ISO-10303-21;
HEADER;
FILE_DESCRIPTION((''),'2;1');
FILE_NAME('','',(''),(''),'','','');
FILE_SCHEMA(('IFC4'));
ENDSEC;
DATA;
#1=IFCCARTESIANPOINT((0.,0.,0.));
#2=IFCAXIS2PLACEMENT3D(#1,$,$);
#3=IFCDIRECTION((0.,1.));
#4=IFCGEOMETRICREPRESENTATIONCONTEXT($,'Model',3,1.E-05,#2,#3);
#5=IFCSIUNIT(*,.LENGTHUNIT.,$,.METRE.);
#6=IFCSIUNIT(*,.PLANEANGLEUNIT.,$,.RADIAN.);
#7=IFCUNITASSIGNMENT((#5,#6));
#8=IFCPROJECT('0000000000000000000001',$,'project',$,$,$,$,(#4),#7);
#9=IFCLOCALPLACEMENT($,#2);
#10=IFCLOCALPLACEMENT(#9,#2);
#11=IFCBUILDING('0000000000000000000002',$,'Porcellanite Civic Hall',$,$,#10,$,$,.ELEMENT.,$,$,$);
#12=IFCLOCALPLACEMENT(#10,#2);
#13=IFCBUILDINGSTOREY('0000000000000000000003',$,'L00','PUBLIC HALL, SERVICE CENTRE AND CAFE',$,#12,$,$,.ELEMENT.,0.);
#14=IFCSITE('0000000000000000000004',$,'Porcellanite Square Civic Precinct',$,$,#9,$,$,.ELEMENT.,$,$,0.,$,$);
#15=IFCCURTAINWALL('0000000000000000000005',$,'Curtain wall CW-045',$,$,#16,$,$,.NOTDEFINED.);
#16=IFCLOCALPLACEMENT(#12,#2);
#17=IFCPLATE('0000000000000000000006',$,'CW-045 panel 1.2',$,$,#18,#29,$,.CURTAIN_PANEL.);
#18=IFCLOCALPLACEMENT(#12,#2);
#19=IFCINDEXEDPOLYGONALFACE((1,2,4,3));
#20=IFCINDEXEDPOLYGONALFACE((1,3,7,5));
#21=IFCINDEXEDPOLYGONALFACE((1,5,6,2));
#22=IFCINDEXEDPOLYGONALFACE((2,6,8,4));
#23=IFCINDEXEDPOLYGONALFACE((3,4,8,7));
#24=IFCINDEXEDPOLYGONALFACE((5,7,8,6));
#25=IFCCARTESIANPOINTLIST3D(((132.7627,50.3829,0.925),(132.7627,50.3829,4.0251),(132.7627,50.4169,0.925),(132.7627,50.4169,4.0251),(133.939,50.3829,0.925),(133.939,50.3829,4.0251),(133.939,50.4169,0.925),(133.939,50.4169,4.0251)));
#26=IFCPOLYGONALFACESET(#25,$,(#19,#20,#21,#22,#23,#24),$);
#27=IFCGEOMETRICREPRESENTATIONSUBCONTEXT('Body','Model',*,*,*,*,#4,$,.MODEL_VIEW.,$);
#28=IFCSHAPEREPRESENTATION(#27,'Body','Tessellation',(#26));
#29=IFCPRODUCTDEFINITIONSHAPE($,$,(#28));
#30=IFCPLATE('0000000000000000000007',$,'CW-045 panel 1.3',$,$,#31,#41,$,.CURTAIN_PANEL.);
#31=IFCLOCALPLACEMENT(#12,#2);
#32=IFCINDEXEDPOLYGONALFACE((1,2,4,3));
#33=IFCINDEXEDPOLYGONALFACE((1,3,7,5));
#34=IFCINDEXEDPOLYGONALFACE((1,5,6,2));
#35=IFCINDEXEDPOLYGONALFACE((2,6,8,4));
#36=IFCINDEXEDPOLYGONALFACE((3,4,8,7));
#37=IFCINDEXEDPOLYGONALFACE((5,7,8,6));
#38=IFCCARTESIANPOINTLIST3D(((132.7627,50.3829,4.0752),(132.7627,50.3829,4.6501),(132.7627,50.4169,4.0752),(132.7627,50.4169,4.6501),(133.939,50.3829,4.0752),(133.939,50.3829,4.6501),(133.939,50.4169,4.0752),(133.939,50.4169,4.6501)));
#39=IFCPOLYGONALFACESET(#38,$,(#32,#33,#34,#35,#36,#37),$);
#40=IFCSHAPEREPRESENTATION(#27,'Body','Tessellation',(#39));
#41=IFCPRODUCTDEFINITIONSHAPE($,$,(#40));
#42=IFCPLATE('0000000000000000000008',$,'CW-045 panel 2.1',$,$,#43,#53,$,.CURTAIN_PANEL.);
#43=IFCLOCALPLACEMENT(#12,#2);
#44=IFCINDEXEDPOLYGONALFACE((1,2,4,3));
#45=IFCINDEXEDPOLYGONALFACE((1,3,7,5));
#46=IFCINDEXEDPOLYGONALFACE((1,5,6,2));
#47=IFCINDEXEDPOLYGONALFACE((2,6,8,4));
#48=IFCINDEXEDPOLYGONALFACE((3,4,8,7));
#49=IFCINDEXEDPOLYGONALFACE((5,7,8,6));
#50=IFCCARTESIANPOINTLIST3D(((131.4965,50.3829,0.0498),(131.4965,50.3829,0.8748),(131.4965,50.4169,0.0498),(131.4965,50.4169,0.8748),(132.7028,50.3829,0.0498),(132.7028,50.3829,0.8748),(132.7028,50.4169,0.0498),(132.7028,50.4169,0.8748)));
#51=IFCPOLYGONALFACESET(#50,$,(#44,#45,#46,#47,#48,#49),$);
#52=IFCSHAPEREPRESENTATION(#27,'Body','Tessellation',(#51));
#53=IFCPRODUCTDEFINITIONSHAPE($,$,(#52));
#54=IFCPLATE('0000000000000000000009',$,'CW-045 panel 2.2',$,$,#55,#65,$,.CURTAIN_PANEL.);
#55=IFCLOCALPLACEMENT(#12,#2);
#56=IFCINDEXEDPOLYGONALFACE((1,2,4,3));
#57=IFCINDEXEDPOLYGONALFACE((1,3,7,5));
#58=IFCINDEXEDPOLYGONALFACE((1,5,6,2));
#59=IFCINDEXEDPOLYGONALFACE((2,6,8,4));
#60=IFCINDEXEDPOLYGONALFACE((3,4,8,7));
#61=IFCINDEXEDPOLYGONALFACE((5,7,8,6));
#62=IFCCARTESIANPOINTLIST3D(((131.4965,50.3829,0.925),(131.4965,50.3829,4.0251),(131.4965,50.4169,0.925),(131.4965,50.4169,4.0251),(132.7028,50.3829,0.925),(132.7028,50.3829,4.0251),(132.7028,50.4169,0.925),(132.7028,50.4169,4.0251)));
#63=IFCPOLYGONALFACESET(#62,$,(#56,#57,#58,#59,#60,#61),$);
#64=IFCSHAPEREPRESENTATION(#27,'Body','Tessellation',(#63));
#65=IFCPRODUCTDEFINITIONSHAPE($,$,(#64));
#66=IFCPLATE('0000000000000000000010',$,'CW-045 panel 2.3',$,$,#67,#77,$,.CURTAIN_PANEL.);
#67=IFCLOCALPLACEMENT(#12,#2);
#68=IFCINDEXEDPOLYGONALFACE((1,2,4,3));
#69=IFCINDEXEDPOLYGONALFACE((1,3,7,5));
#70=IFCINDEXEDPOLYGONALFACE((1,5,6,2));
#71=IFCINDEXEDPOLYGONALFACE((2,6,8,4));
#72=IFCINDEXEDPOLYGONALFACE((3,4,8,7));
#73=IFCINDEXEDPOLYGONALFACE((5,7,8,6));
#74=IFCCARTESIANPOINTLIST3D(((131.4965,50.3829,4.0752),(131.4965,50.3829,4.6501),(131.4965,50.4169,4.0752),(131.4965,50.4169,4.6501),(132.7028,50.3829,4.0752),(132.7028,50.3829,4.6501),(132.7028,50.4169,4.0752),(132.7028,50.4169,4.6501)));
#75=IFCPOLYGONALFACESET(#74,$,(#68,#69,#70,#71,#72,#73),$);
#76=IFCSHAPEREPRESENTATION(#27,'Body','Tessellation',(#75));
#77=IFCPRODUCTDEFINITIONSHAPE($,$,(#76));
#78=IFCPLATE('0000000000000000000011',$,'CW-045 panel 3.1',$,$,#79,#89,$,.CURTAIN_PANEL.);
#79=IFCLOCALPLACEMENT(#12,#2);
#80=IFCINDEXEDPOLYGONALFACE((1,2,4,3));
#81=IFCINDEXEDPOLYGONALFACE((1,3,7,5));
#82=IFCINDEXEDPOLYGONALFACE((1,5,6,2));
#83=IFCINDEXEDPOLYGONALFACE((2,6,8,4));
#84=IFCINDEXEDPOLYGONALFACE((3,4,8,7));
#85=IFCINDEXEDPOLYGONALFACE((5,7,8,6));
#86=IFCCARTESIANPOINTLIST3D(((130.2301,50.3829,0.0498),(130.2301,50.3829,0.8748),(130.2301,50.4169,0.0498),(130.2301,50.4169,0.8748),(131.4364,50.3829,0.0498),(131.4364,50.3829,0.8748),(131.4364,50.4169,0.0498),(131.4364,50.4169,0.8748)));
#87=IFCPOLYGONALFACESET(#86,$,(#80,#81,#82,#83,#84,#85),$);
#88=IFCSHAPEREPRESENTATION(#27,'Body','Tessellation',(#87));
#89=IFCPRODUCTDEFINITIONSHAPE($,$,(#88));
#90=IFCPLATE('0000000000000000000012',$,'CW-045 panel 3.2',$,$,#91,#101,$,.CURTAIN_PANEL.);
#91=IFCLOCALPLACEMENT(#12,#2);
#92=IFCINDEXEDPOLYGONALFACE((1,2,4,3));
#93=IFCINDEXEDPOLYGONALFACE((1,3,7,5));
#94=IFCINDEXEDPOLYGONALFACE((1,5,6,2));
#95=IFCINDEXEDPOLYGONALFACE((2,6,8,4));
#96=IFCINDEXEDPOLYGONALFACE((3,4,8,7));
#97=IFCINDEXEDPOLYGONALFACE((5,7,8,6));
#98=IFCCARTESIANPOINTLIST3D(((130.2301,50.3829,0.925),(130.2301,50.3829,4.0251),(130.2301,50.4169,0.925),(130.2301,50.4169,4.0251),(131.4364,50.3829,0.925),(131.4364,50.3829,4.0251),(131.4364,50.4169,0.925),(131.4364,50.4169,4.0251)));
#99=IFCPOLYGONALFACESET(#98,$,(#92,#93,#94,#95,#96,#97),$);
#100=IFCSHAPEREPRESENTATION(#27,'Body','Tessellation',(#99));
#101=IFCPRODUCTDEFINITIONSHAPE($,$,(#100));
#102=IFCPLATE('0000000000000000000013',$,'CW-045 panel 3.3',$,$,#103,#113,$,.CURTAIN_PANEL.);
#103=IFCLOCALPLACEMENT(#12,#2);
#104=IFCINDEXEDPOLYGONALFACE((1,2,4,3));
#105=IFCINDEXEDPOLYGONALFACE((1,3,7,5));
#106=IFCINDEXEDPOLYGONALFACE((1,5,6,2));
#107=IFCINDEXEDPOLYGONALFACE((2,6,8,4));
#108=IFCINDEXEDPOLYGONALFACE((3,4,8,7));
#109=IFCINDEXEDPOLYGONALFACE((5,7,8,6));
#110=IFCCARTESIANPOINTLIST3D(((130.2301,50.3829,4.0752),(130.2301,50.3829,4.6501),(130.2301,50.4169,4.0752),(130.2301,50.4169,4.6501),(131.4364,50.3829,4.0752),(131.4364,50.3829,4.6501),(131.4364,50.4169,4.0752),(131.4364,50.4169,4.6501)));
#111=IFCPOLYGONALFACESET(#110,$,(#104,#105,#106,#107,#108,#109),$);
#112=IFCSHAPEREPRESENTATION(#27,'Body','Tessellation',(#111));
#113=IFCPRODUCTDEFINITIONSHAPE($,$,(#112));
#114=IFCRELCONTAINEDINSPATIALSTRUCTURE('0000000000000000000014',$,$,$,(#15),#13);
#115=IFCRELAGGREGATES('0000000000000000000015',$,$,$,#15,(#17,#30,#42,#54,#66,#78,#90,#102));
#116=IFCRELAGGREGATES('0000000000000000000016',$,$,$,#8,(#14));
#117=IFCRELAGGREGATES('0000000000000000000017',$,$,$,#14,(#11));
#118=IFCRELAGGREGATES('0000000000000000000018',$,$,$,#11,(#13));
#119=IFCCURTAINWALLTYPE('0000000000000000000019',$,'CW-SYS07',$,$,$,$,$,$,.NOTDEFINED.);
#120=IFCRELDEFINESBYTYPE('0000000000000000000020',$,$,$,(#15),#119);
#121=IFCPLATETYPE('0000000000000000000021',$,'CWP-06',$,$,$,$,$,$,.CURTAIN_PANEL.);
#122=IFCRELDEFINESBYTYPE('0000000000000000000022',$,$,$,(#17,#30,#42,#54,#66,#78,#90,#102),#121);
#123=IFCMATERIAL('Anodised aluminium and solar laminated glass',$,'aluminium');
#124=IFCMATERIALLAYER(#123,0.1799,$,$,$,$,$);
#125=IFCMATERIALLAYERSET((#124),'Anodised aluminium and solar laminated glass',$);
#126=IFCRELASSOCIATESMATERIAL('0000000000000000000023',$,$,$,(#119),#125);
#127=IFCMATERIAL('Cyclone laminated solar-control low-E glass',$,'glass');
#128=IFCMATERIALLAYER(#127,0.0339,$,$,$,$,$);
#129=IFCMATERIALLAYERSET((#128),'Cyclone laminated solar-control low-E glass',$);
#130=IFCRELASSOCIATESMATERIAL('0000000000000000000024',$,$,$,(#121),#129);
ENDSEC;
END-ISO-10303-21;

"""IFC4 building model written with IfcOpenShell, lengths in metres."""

from ifc_helpers import new_model, si_unit, direction, frame, origin, origin_2d, place, context, subcontext, project, spatial, rectangle, extrude, material, layer, layer_set, type_object, element, aggregate, save


model = new_model("IFC4")

# Units and contexts
model_context = context("Model", 3, precision=1e-05, world=origin(), true_north=direction((0.0, 1.0)))
body_context = subcontext(model_context, "Body", "Model", "MODEL_VIEW")
ifc_project = project(units=[si_unit("LENGTHUNIT", "METRE"), si_unit("PLANEANGLEUNIT", "RADIAN")], contexts=[model_context])

# Site, building, storey
site_placement = place(None, origin())
site = spatial("IfcSite", under=ifc_project, at=site_placement, Name="Porcellanite Square Civic Precinct", CompositionType="ELEMENT", RefElevation=0.0)
building_placement = place(site_placement, origin())
building = spatial("IfcBuilding", under=site, at=building_placement, Name="Porcellanite Civic Hall", CompositionType="ELEMENT")
storey_placement = place(building_placement, origin())
storey = spatial("IfcBuildingStorey", under=building, at=storey_placement, Name="L00", Description="PUBLIC HALL, SERVICE CENTRE AND CAFE", CompositionType="ELEMENT", Elevation=0.0)

# Curtain wall
ifc_material_1 = material(Name="Anodised aluminium and solar laminated glass", Category="aluminium")
ifc_layer_1 = layer(ifc_material_1, 0.1799)
ifc_layer_set_1 = layer_set([ifc_layer_1], Name="Anodised aluminium and solar laminated glass")
curtain_wall_type = type_object("IfcCurtainWallType", Name="CW-SYS07", PredefinedType="NOTDEFINED", material=ifc_layer_set_1)
curtain_wall_placement = place(storey_placement, origin())
curtain_wall = element("IfcCurtainWall", 1, at=curtain_wall_placement, inside=storey, type_object=curtain_wall_type, Name="Curtain wall CW-045", PredefinedType="NOTDEFINED")

# Plates
ifc_material_2 = material(Name="Cyclone laminated solar-control low-E glass", Category="glass")
ifc_layer_2 = layer(ifc_material_2, 0.0339)
ifc_layer_set_2 = layer_set([ifc_layer_2], Name="Cyclone laminated solar-control low-E glass")
plate_type = type_object("IfcPlateType", Name="CWP-06", PredefinedType="CURTAIN_PANEL", material=ifc_layer_set_2)
plate_1_placement = place(storey_placement, frame((133.3508, 50.3999, 0.925), z_axis=(0.0, 0.0, 1.0), x_axis=(-1.0, 0.0, 0.0)))
plate_1 = element("IfcPlate", 2, at=plate_1_placement, type_object=plate_type, Name="CW-045 panel 1.2", PredefinedType="CURTAIN_PANEL", context=body_context, shape_type="SweptSolid", body=[
    extrude(rectangle(XDim=1.1763, YDim=0.0339, at=origin_2d()), origin(), (0.0, 0.0, 1.0), 3.1001),
])
plate_2_placement = place(storey_placement, frame((133.3508, 50.3999, 4.0752), z_axis=(0.0, 0.0, 1.0), x_axis=(-1.0, 0.0, 0.0)))
plate_2 = element("IfcPlate", 3, at=plate_2_placement, type_object=plate_type, Name="CW-045 panel 1.3", PredefinedType="CURTAIN_PANEL", context=body_context, shape_type="SweptSolid", body=[
    extrude(rectangle(XDim=1.1763, YDim=0.0339, at=origin_2d()), origin(), (0.0, 0.0, 1.0), 0.575),
])
plate_3_placement = place(storey_placement, frame((132.0996, 50.3999, 0.0498), z_axis=(0.0, 0.0, 1.0), x_axis=(-1.0, 0.0, 0.0)))
plate_3 = element("IfcPlate", 4, at=plate_3_placement, type_object=plate_type, Name="CW-045 panel 2.1", PredefinedType="CURTAIN_PANEL", context=body_context, shape_type="SweptSolid", body=[
    extrude(rectangle(XDim=1.2063, YDim=0.0339, at=origin_2d()), origin(), (0.0, 0.0, 1.0), 0.825),
])
plate_4_placement = place(storey_placement, frame((132.0996, 50.3999, 0.925), z_axis=(0.0, 0.0, 1.0), x_axis=(-1.0, 0.0, 0.0)))
plate_4 = element("IfcPlate", 5, at=plate_4_placement, type_object=plate_type, Name="CW-045 panel 2.2", PredefinedType="CURTAIN_PANEL", context=body_context, shape_type="SweptSolid", body=[
    extrude(rectangle(XDim=1.2063, YDim=0.0339, at=origin_2d()), origin(), (0.0, 0.0, 1.0), 3.1001),
])
plate_5_placement = place(storey_placement, frame((132.0996, 50.3999, 4.0752), z_axis=(0.0, 0.0, 1.0), x_axis=(-1.0, 0.0, 0.0)))
plate_5 = element("IfcPlate", 6, at=plate_5_placement, type_object=plate_type, Name="CW-045 panel 2.3", PredefinedType="CURTAIN_PANEL", context=body_context, shape_type="SweptSolid", body=[
    extrude(rectangle(XDim=1.2063, YDim=0.0339, at=origin_2d()), origin(), (0.0, 0.0, 1.0), 0.575),
])
plate_6_placement = place(storey_placement, frame((130.8333, 50.3999, 0.0498), z_axis=(0.0, 0.0, 1.0), x_axis=(-1.0, 0.0, 0.0)))
plate_6 = element("IfcPlate", 7, at=plate_6_placement, type_object=plate_type, Name="CW-045 panel 3.1", PredefinedType="CURTAIN_PANEL", context=body_context, shape_type="SweptSolid", body=[
    extrude(rectangle(XDim=1.2063, YDim=0.0339, at=origin_2d()), origin(), (0.0, 0.0, 1.0), 0.825),
])
plate_7_placement = place(storey_placement, frame((130.8333, 50.3999, 0.925), z_axis=(0.0, 0.0, 1.0), x_axis=(-1.0, 0.0, 0.0)))
plate_7 = element("IfcPlate", 8, at=plate_7_placement, type_object=plate_type, Name="CW-045 panel 3.2", PredefinedType="CURTAIN_PANEL", context=body_context, shape_type="SweptSolid", body=[
    extrude(rectangle(XDim=1.2063, YDim=0.0339, at=origin_2d()), origin(), (0.0, 0.0, 1.0), 3.1001),
])
plate_8_placement = place(storey_placement, frame((130.8333, 50.3999, 4.0752), z_axis=(0.0, 0.0, 1.0), x_axis=(-1.0, 0.0, 0.0)))
plate_8 = element("IfcPlate", 9, at=plate_8_placement, type_object=plate_type, Name="CW-045 panel 3.3", PredefinedType="CURTAIN_PANEL", context=body_context, shape_type="SweptSolid", body=[
    extrude(rectangle(XDim=1.2063, YDim=0.0339, at=origin_2d()), origin(), (0.0, 0.0, 1.0), 0.575),
])
aggregate(curtain_wall, [plate_1, plate_2, plate_3, plate_4, plate_5, plate_6, plate_7, plate_8])

save(model, "model.ifc")
